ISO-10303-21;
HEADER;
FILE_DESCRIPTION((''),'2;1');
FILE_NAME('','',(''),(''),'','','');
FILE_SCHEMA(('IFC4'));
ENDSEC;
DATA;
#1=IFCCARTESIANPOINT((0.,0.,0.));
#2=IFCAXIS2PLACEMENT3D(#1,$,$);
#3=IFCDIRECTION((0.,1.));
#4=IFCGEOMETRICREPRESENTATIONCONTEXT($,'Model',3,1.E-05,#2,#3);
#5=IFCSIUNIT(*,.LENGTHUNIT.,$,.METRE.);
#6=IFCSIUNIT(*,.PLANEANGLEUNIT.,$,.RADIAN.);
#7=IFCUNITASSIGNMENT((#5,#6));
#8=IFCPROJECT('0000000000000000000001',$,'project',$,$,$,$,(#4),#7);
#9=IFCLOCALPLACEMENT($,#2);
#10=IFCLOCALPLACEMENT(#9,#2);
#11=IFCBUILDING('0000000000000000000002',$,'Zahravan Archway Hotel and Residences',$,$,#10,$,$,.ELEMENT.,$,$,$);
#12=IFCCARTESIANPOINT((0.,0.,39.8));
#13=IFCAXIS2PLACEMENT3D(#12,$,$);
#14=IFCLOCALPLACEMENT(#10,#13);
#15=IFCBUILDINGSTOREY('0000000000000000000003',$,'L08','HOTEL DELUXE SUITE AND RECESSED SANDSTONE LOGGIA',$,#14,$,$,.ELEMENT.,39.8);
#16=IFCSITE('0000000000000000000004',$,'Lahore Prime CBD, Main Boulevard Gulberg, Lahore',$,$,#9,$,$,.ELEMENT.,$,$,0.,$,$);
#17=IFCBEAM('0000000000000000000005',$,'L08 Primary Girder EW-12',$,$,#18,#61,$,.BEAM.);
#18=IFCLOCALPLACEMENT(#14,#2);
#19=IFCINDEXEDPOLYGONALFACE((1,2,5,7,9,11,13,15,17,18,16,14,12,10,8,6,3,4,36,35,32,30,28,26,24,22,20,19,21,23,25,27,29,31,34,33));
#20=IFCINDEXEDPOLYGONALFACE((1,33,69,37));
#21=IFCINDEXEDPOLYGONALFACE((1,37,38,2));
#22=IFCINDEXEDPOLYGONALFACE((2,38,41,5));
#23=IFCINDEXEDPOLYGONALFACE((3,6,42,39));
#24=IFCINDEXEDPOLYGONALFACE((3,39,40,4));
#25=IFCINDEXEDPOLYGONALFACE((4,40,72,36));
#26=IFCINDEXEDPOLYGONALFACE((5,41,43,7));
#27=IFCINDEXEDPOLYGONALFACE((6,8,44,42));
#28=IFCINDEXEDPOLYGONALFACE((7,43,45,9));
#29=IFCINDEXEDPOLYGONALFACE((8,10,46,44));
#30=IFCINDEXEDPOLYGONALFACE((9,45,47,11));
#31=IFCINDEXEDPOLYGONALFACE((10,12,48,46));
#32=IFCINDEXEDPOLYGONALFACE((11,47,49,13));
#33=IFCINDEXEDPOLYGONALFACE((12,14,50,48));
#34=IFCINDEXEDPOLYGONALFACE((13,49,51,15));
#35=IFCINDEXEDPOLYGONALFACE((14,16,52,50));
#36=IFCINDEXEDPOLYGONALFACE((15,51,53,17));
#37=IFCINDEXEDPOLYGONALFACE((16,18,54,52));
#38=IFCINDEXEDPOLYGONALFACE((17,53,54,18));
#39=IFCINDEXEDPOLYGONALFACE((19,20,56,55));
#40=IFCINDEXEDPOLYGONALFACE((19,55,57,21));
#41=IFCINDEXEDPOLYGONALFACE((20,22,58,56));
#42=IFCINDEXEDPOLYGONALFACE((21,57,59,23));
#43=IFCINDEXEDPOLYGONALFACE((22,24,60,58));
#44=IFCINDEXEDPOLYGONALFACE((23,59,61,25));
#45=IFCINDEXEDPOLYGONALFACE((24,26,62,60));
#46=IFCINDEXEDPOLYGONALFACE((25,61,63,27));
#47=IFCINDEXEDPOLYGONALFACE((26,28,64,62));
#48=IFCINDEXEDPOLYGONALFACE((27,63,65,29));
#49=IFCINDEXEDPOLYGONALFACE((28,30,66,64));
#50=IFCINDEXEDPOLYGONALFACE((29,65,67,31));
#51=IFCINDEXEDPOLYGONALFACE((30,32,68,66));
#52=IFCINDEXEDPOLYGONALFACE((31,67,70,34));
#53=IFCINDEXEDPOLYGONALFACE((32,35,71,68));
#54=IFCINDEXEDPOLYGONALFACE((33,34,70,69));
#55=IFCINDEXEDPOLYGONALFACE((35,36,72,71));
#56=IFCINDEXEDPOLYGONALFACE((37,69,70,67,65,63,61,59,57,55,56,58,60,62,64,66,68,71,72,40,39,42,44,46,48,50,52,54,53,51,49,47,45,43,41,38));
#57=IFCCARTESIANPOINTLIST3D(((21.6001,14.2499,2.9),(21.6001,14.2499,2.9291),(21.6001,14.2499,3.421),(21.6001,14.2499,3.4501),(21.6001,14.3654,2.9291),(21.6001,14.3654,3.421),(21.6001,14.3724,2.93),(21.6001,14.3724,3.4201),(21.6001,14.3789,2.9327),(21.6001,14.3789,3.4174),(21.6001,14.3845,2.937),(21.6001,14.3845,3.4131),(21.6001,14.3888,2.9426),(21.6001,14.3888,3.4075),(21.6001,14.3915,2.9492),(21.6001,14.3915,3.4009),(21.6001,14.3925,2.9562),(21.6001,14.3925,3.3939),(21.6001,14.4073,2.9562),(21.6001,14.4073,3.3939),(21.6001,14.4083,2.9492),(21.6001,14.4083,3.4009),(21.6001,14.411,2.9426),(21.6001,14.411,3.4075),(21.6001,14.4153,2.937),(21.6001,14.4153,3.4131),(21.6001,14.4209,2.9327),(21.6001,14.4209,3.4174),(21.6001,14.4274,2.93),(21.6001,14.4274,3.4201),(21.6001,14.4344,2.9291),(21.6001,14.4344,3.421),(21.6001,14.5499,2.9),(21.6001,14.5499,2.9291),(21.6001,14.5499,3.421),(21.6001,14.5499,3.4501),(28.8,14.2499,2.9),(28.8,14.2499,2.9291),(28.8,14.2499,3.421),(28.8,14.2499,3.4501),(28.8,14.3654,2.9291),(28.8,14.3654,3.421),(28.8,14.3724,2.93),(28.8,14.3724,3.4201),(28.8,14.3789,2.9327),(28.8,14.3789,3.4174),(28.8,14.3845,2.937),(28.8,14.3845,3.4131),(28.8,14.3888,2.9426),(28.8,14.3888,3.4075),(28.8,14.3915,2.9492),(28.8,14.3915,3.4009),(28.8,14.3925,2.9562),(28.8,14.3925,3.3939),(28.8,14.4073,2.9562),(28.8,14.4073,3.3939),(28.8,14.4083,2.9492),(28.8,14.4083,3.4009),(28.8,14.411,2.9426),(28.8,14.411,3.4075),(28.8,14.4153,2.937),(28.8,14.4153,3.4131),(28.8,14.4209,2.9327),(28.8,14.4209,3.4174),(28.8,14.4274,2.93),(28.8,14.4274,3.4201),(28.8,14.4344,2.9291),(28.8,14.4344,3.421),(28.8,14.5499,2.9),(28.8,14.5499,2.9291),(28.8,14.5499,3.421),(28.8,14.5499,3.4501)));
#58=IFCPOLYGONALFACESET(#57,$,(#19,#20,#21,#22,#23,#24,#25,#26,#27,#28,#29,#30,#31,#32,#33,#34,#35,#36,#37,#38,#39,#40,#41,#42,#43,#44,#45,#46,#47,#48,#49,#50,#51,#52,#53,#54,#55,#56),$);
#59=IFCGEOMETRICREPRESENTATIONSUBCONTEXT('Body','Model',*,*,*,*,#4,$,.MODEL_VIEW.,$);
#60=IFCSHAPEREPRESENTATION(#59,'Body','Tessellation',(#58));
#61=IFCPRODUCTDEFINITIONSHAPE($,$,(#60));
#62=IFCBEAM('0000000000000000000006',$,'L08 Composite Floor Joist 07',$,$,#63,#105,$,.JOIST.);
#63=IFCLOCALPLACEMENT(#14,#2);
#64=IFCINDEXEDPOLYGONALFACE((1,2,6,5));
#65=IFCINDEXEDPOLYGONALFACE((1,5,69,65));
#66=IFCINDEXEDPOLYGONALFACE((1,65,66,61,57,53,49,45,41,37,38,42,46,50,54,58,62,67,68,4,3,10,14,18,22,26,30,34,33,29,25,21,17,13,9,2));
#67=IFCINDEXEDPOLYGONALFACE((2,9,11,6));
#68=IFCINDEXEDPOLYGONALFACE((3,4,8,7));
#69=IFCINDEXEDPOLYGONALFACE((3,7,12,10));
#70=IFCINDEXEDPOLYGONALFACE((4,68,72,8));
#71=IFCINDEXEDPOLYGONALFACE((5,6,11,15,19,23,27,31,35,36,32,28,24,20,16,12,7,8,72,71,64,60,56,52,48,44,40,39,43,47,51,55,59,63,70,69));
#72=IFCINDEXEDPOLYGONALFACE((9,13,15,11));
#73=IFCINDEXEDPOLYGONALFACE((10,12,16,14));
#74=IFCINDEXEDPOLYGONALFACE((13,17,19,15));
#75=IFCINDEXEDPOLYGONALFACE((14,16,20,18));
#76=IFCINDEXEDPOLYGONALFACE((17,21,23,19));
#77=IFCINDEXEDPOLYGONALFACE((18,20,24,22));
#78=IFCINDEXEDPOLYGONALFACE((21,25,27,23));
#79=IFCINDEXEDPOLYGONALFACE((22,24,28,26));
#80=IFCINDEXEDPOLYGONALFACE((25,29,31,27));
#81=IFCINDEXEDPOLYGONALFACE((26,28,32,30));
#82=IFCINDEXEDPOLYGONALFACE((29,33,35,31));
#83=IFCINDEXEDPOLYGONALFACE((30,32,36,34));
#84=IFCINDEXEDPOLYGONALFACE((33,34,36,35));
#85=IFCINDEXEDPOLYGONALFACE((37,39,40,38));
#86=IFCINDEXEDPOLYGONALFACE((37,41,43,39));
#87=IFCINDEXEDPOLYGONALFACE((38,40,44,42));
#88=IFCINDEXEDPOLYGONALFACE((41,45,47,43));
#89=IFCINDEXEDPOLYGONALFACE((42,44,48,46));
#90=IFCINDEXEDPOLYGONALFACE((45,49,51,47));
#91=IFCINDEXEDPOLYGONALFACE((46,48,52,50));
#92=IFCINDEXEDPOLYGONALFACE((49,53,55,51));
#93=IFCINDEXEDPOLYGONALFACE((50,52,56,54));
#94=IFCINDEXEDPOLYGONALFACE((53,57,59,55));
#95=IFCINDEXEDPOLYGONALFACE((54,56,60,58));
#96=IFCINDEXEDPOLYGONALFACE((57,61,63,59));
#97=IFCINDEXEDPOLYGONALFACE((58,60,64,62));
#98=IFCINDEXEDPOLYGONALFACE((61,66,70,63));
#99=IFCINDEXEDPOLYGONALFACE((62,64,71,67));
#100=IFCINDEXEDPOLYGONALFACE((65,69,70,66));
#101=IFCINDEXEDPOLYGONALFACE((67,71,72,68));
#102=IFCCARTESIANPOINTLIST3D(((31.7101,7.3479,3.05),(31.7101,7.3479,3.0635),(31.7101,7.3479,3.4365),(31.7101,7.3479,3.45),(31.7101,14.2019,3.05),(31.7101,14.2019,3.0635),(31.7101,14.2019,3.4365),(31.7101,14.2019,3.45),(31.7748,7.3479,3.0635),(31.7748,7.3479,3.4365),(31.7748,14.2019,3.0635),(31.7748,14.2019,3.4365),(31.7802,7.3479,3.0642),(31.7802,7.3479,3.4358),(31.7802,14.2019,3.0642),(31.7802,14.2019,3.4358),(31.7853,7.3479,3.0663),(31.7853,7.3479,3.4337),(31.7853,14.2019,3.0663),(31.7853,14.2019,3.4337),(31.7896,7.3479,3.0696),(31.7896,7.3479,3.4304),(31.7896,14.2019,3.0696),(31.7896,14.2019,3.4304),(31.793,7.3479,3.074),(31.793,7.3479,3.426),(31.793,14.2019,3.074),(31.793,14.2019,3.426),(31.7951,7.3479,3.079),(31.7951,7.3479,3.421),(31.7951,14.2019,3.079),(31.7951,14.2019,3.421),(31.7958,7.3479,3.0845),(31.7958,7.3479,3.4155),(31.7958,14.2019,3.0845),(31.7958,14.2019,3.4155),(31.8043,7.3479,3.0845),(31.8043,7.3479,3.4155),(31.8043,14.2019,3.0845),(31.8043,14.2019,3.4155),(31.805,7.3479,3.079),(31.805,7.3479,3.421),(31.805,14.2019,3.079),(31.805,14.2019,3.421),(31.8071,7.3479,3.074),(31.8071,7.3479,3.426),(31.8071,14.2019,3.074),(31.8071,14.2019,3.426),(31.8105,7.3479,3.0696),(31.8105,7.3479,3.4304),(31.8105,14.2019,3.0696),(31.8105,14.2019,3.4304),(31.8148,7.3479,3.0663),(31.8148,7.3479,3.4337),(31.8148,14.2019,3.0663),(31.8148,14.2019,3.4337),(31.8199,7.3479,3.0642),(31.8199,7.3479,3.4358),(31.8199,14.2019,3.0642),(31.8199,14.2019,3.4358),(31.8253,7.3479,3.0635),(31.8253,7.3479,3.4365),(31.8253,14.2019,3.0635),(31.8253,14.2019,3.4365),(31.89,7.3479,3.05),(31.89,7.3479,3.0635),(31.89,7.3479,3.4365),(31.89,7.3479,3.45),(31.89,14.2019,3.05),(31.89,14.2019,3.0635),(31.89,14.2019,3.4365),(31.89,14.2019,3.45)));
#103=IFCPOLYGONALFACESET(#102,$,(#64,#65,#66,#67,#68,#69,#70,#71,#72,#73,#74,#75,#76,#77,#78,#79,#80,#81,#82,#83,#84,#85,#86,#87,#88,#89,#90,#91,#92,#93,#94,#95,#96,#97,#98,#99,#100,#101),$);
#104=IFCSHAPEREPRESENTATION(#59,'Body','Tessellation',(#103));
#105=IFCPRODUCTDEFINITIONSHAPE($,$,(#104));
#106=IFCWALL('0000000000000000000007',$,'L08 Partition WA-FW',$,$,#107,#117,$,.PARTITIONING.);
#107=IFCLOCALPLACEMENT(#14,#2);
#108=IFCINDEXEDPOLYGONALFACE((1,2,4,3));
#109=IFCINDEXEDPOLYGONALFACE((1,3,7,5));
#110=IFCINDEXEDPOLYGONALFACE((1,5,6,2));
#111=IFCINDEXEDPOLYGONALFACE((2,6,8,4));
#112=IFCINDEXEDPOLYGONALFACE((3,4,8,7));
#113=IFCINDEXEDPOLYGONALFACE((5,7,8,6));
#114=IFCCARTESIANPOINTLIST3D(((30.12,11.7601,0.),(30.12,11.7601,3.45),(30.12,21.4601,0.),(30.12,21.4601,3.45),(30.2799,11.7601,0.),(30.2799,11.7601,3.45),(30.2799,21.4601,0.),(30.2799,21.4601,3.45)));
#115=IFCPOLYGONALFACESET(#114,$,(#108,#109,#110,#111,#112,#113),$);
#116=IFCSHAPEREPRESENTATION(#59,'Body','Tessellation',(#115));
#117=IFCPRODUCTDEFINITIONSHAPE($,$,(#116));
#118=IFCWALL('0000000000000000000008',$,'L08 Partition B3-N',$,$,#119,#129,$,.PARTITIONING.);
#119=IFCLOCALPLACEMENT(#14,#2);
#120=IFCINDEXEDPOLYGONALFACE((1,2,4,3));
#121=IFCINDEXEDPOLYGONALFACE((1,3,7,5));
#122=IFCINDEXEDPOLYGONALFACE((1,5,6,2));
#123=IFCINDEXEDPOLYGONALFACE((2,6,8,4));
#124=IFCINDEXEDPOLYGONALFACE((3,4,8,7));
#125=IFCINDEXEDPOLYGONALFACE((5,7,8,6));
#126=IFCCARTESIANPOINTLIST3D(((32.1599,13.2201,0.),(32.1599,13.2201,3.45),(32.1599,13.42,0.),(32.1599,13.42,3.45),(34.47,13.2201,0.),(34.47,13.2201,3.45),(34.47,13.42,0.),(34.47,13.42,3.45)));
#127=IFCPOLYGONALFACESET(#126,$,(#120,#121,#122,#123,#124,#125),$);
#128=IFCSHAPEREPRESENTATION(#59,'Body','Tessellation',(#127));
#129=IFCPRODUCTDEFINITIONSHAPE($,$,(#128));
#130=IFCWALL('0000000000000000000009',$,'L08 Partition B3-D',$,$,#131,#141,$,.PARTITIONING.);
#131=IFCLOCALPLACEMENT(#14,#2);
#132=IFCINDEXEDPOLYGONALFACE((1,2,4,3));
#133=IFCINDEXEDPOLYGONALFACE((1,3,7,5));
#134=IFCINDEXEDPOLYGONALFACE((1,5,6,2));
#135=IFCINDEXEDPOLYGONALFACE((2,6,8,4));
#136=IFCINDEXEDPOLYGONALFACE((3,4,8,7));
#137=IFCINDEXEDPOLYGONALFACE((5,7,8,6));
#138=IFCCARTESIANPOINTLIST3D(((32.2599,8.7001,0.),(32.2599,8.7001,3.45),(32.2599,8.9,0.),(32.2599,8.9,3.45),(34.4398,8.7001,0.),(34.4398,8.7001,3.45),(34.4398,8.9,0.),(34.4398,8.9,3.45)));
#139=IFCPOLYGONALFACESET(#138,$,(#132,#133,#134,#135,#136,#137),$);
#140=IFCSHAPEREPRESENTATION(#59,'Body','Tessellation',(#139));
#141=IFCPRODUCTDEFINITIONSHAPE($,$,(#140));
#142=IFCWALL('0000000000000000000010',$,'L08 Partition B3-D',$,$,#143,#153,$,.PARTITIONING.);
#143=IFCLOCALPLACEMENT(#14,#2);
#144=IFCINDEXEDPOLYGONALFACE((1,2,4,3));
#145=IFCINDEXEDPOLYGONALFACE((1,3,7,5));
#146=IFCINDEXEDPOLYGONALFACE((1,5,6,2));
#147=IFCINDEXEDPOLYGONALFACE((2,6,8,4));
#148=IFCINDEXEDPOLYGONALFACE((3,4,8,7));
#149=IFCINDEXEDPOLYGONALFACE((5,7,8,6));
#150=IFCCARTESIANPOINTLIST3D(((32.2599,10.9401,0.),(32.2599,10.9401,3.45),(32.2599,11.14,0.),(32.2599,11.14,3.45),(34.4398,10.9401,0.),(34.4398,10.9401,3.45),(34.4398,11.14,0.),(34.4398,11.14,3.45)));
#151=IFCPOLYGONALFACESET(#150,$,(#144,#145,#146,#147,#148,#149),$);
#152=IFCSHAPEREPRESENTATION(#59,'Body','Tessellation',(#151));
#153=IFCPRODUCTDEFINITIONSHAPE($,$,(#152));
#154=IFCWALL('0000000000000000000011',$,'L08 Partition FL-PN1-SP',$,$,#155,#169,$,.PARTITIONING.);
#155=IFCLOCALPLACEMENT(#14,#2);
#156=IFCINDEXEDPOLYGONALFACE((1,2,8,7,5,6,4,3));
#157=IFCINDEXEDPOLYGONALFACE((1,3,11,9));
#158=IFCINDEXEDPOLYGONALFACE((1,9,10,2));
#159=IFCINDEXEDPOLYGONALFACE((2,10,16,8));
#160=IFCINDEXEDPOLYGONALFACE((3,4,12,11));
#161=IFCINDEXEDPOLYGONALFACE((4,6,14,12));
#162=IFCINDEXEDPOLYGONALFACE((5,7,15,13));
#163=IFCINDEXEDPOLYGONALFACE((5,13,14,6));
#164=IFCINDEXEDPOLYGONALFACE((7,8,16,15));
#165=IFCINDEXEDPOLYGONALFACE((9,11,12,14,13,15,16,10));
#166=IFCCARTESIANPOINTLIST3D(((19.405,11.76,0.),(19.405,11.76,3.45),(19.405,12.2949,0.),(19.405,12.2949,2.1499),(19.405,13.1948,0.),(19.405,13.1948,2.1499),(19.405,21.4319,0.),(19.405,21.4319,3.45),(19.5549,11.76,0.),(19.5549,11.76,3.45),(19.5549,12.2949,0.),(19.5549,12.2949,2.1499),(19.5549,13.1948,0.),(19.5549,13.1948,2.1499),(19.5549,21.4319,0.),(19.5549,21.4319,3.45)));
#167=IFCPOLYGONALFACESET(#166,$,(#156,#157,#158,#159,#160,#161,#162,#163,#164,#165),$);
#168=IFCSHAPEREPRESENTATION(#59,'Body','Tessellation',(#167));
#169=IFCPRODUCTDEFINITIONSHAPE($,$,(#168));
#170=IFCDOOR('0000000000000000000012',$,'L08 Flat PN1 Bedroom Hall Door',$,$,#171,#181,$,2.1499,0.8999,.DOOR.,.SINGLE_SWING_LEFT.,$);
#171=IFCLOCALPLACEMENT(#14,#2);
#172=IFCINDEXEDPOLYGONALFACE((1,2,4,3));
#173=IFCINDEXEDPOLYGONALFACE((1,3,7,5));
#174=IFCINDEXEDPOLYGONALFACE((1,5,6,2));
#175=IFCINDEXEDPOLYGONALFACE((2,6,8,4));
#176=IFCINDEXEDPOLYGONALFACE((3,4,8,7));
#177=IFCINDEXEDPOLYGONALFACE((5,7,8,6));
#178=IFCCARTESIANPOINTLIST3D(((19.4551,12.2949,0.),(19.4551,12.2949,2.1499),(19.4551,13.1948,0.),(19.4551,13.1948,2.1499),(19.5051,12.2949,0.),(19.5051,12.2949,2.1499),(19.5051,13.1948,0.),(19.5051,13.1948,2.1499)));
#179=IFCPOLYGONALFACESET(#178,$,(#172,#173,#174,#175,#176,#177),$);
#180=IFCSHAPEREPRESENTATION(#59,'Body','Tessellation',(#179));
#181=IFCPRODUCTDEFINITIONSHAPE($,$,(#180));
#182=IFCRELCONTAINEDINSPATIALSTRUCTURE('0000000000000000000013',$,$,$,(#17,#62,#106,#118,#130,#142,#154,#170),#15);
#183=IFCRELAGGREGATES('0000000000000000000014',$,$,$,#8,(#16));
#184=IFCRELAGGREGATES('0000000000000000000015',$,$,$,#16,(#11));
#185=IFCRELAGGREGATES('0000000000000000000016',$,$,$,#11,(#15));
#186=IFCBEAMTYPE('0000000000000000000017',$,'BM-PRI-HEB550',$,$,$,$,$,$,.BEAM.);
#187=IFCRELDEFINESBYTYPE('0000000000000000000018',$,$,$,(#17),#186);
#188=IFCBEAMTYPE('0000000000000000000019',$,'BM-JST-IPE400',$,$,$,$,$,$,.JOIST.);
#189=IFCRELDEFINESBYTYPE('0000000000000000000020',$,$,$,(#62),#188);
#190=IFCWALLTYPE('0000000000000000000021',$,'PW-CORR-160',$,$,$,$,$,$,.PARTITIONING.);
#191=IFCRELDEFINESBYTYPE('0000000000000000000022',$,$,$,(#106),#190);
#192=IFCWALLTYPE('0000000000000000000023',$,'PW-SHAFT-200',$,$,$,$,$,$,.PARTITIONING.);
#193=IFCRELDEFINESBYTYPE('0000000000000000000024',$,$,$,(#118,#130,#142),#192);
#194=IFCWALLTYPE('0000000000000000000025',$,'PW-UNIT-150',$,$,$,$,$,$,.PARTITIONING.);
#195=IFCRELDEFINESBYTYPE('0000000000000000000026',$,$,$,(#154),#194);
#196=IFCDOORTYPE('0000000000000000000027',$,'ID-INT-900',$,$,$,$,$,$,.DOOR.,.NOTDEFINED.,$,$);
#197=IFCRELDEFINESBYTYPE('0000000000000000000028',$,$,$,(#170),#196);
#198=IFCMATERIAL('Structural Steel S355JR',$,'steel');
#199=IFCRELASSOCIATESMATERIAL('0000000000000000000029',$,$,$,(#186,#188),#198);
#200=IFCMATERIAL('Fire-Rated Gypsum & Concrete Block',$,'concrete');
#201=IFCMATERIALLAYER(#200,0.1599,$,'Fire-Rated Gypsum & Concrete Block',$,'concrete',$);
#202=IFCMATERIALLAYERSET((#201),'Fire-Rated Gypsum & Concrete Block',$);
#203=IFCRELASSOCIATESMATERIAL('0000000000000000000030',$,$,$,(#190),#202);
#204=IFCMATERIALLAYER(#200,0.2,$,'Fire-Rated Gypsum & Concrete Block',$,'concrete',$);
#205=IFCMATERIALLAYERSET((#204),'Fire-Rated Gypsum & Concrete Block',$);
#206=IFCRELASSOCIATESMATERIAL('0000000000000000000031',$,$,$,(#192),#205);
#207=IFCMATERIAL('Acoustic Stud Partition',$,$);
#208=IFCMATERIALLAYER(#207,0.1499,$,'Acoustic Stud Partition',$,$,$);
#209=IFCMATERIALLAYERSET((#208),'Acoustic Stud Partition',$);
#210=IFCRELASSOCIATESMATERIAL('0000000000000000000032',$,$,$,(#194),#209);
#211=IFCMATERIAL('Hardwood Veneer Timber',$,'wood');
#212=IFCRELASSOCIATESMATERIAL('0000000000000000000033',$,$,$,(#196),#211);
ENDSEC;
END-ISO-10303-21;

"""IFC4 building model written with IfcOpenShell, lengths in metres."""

from ifc_helpers import new_model, si_unit, direction, frame, frame_2d, origin, origin_2d, place, context, subcontext, project, spatial, rectangle, i_section, extrude, source, transform, mapped, material, layer, layer_set, material_profile, profile_set, type_object, type_shapes, element, fill, save


model = new_model("IFC4")

# Units and contexts
model_context = context("Model", 3, precision=1e-05, world=origin(), true_north=direction((0.0, 1.0)))
body_context = subcontext(model_context, "Body", "Model", "MODEL_VIEW")
ifc_project = project(units=[si_unit("LENGTHUNIT", "METRE"), si_unit("PLANEANGLEUNIT", "RADIAN")], contexts=[model_context])

# Site, building, storey
site_placement = place(None, origin())
site = spatial("IfcSite", under=ifc_project, at=site_placement, Name="Lahore Prime CBD, Main Boulevard Gulberg, Lahore", CompositionType="ELEMENT", RefElevation=0.0)
building_placement = place(site_placement, origin())
building = spatial("IfcBuilding", under=site, at=building_placement, Name="Zahravan Archway Hotel and Residences", CompositionType="ELEMENT")
storey_placement = place(building_placement, frame((0.0, 0.0, 39.8)))
storey = spatial("IfcBuildingStorey", under=building, at=storey_placement, Name="L08", Description="HOTEL DELUXE SUITE AND RECESSED SANDSTONE LOGGIA", CompositionType="ELEMENT", Elevation=39.8)

# Beams
ifc_material_1 = material(Name="Structural Steel S355JR", Category="steel")
ifc_material_profile_1 = material_profile(ifc_material_1, i_section(OverallWidth=0.3, OverallDepth=0.55, WebThickness=0.0149, FlangeThickness=0.0291, FilletRadius=0.0271, at=origin_2d()), Name="HEB 550", Category="steel")
ifc_profile_set_1 = profile_set([ifc_material_profile_1], Name="Structural Steel S355JR")
beam_type_1 = type_object("IfcBeamType", Name="BM-PRI-HEB550", PredefinedType="BEAM", material=ifc_profile_set_1)
shared_shape_1 = source(origin(), body_context, "Body", "SweptSolid", [
    extrude(i_section(OverallWidth=0.3, OverallDepth=0.55, WebThickness=0.0149, FlangeThickness=0.0291, FilletRadius=0.0271, at=origin_2d()), origin(), (0.0, 0.0, 1.0), 7.2),
])
beam_1_placement = place(storey_placement, frame((21.6001, 14.3999, 3.175), z_axis=(1.0, 0.0, 0.0), x_axis=(0.0, 1.0, 0.0)))
element("IfcBeam", 1, at=beam_1_placement, inside=storey, type_object=beam_type_1, Name="L08 Primary Girder EW-12", PredefinedType="BEAM", context=body_context, shape_type="MappedRepresentation", body=[
    mapped(shared_shape_1, transform((0.0, 0.0, 0.0), scale=1.0)),
])
ifc_material_profile_2 = material_profile(ifc_material_1, i_section(OverallWidth=0.1799, OverallDepth=0.3999, WebThickness=0.0085, FlangeThickness=0.0134, FilletRadius=0.021, at=origin_2d()), Name="IPE 400", Category="steel")
ifc_profile_set_2 = profile_set([ifc_material_profile_2], Name="Structural Steel S355JR")
beam_type_2 = type_object("IfcBeamType", Name="BM-JST-IPE400", PredefinedType="JOIST", material=ifc_profile_set_2)
shared_shape_2 = source(origin(), body_context, "Body", "SweptSolid", [
    extrude(i_section(OverallWidth=0.1799, OverallDepth=0.3999, WebThickness=0.0085, FlangeThickness=0.0134, FilletRadius=0.021, at=origin_2d()), origin(), (0.0, 0.0, 1.0), 6.854),
])
beam_2_placement = place(storey_placement, frame((31.8, 7.3479, 3.25), z_axis=(0.0, 1.0, 0.0), x_axis=(-1.0, 0.0, 0.0)))
element("IfcBeam", 2, at=beam_2_placement, inside=storey, type_object=beam_type_2, Name="L08 Composite Floor Joist 07", PredefinedType="JOIST", context=body_context, shape_type="MappedRepresentation", body=[
    mapped(shared_shape_2, transform((0.0, 0.0, 0.0), scale=1.0)),
])

# Walls
ifc_material_2 = material(Name="Fire-Rated Gypsum & Concrete Block", Category="concrete")
ifc_layer_1 = layer(ifc_material_2, 0.1599, Name="Fire-Rated Gypsum & Concrete Block", Category="concrete")
ifc_layer_set_1 = layer_set([ifc_layer_1], Name="Fire-Rated Gypsum & Concrete Block")
wall_type_1 = type_object("IfcWallType", Name="PW-CORR-160", PredefinedType="PARTITIONING", material=ifc_layer_set_1)
wall_1_placement = place(storey_placement, frame((30.2, 11.76, 0.0), z_axis=(0.0, 0.0, 1.0), x_axis=(0.0, 1.0, 0.0)))
element("IfcWall", 3, at=wall_1_placement, inside=storey, type_object=wall_type_1, Name="L08 Partition WA-FW", PredefinedType="PARTITIONING", context=body_context, shape_type="SweptSolid", body=[
    extrude(rectangle(XDim=9.7, YDim=0.1599, at=frame_2d((4.8501, 0.0))), origin(), (0.0, 0.0, 1.0), 3.45),
])
ifc_layer_2 = layer(ifc_material_2, 0.2, Name="Fire-Rated Gypsum & Concrete Block", Category="concrete")
ifc_layer_set_2 = layer_set([ifc_layer_2], Name="Fire-Rated Gypsum & Concrete Block")
wall_type_2 = type_object("IfcWallType", Name="PW-SHAFT-200", PredefinedType="PARTITIONING", material=ifc_layer_set_2)
wall_2_placement = place(storey_placement, frame((32.1599, 13.3201, 0.0), z_axis=(0.0, 0.0, 1.0), x_axis=(1.0, 0.0, 0.0)))
element("IfcWall", 4, at=wall_2_placement, inside=storey, type_object=wall_type_2, Name="L08 Partition B3-N", PredefinedType="PARTITIONING", context=body_context, shape_type="SweptSolid", body=[
    extrude(rectangle(XDim=2.3101, YDim=0.2, at=frame_2d((1.155, 0.0))), origin(), (0.0, 0.0, 1.0), 3.45),
])
for number, where, z_axis, x_axis, name in (
    (5, (32.26, 8.8, 0.0), (0.0, 0.0, 1.0), (1.0, 0.0, 0.0), "L08 Partition B3-D"),
    (6, (32.26, 11.04, 0.0), (0.0, 0.0, 1.0), (1.0, 0.0, 0.0), "L08 Partition B3-D"),
):
    element("IfcWall", number, at=place(storey_placement, frame(where, z_axis=z_axis, x_axis=x_axis)), inside=storey, type_object=wall_type_2, Name=name, PredefinedType="PARTITIONING", context=body_context, shape_type="SweptSolid", body=[
        extrude(rectangle(XDim=2.1799, YDim=0.2, at=frame_2d((1.0898, 0.0))), origin(), (0.0, 0.0, 1.0), 3.45),
    ])

# Wall, opening, door
ifc_material_3 = material(Name="Acoustic Stud Partition")
ifc_layer_3 = layer(ifc_material_3, 0.1499, Name="Acoustic Stud Partition")
ifc_layer_set_3 = layer_set([ifc_layer_3], Name="Acoustic Stud Partition")
wall_type_3 = type_object("IfcWallType", Name="PW-UNIT-150", PredefinedType="PARTITIONING", material=ifc_layer_set_3)
wall_3_placement = place(storey_placement, frame((19.48, 11.76, 0.0), z_axis=(0.0, 0.0, 1.0), x_axis=(0.0, 1.0, 0.0)))
wall_3 = element("IfcWall", 7, at=wall_3_placement, inside=storey, type_object=wall_type_3, Name="L08 Partition FL-PN1-SP", PredefinedType="PARTITIONING", context=body_context, shape_type="SweptSolid", body=[
    extrude(rectangle(XDim=9.6719, YDim=0.1499, at=frame_2d((4.8359, 0.0))), origin(), (0.0, 0.0, 1.0), 3.45),
])
opening_1_placement = place(wall_3_placement, frame((0.5349, 0.0, 0.0)))
opening_1 = element("IfcOpeningElement", 8, at=opening_1_placement, cuts=wall_3, PredefinedType="OPENING", context=body_context, shape_type="SweptSolid", body=[
    extrude(rectangle(XDim=0.8999, YDim=2.1499, at=frame_2d((0.45, 1.075))), frame((0.0, 0.085, 0.0), z_axis=(0.0, -1.0, 0.0), x_axis=(1.0, 0.0, 0.0)), (0.0, 0.0, 1.0), 0.1699),
])
ifc_material_4 = material(Name="Hardwood Veneer Timber", Category="wood")
door_type_1 = type_object("IfcDoorType", Name="ID-INT-900", OperationType="NOTDEFINED", PredefinedType="DOOR", material=ifc_material_4)
shared_shape_3 = source(origin(), body_context, "Body", "SweptSolid", [
    extrude(rectangle(XDim=0.8999, YDim=2.1499, at=frame_2d((0.45, 1.075))), frame((0.0, 0.0249, 0.0), z_axis=(0.0, -1.0, 0.0), x_axis=(1.0, 0.0, 0.0)), (0.0, 0.0, 1.0), 0.05),
])
type_shapes(door_type_1, [shared_shape_3])
door_1_placement = place(opening_1_placement, origin())
door_1 = element("IfcDoor", 9, at=door_1_placement, inside=storey, type_object=door_type_1, Name="L08 Flat PN1 Bedroom Hall Door", OperationType="SINGLE_SWING_LEFT", OverallHeight=2.1499, OverallWidth=0.8999, PredefinedType="DOOR", context=body_context, shape_type="MappedRepresentation", body=[
    mapped(shared_shape_3, transform((0.0, 0.0, 0.0), scale=1.0)),
])
fill(opening_1, door_1)

save(model, "model.ifc")
